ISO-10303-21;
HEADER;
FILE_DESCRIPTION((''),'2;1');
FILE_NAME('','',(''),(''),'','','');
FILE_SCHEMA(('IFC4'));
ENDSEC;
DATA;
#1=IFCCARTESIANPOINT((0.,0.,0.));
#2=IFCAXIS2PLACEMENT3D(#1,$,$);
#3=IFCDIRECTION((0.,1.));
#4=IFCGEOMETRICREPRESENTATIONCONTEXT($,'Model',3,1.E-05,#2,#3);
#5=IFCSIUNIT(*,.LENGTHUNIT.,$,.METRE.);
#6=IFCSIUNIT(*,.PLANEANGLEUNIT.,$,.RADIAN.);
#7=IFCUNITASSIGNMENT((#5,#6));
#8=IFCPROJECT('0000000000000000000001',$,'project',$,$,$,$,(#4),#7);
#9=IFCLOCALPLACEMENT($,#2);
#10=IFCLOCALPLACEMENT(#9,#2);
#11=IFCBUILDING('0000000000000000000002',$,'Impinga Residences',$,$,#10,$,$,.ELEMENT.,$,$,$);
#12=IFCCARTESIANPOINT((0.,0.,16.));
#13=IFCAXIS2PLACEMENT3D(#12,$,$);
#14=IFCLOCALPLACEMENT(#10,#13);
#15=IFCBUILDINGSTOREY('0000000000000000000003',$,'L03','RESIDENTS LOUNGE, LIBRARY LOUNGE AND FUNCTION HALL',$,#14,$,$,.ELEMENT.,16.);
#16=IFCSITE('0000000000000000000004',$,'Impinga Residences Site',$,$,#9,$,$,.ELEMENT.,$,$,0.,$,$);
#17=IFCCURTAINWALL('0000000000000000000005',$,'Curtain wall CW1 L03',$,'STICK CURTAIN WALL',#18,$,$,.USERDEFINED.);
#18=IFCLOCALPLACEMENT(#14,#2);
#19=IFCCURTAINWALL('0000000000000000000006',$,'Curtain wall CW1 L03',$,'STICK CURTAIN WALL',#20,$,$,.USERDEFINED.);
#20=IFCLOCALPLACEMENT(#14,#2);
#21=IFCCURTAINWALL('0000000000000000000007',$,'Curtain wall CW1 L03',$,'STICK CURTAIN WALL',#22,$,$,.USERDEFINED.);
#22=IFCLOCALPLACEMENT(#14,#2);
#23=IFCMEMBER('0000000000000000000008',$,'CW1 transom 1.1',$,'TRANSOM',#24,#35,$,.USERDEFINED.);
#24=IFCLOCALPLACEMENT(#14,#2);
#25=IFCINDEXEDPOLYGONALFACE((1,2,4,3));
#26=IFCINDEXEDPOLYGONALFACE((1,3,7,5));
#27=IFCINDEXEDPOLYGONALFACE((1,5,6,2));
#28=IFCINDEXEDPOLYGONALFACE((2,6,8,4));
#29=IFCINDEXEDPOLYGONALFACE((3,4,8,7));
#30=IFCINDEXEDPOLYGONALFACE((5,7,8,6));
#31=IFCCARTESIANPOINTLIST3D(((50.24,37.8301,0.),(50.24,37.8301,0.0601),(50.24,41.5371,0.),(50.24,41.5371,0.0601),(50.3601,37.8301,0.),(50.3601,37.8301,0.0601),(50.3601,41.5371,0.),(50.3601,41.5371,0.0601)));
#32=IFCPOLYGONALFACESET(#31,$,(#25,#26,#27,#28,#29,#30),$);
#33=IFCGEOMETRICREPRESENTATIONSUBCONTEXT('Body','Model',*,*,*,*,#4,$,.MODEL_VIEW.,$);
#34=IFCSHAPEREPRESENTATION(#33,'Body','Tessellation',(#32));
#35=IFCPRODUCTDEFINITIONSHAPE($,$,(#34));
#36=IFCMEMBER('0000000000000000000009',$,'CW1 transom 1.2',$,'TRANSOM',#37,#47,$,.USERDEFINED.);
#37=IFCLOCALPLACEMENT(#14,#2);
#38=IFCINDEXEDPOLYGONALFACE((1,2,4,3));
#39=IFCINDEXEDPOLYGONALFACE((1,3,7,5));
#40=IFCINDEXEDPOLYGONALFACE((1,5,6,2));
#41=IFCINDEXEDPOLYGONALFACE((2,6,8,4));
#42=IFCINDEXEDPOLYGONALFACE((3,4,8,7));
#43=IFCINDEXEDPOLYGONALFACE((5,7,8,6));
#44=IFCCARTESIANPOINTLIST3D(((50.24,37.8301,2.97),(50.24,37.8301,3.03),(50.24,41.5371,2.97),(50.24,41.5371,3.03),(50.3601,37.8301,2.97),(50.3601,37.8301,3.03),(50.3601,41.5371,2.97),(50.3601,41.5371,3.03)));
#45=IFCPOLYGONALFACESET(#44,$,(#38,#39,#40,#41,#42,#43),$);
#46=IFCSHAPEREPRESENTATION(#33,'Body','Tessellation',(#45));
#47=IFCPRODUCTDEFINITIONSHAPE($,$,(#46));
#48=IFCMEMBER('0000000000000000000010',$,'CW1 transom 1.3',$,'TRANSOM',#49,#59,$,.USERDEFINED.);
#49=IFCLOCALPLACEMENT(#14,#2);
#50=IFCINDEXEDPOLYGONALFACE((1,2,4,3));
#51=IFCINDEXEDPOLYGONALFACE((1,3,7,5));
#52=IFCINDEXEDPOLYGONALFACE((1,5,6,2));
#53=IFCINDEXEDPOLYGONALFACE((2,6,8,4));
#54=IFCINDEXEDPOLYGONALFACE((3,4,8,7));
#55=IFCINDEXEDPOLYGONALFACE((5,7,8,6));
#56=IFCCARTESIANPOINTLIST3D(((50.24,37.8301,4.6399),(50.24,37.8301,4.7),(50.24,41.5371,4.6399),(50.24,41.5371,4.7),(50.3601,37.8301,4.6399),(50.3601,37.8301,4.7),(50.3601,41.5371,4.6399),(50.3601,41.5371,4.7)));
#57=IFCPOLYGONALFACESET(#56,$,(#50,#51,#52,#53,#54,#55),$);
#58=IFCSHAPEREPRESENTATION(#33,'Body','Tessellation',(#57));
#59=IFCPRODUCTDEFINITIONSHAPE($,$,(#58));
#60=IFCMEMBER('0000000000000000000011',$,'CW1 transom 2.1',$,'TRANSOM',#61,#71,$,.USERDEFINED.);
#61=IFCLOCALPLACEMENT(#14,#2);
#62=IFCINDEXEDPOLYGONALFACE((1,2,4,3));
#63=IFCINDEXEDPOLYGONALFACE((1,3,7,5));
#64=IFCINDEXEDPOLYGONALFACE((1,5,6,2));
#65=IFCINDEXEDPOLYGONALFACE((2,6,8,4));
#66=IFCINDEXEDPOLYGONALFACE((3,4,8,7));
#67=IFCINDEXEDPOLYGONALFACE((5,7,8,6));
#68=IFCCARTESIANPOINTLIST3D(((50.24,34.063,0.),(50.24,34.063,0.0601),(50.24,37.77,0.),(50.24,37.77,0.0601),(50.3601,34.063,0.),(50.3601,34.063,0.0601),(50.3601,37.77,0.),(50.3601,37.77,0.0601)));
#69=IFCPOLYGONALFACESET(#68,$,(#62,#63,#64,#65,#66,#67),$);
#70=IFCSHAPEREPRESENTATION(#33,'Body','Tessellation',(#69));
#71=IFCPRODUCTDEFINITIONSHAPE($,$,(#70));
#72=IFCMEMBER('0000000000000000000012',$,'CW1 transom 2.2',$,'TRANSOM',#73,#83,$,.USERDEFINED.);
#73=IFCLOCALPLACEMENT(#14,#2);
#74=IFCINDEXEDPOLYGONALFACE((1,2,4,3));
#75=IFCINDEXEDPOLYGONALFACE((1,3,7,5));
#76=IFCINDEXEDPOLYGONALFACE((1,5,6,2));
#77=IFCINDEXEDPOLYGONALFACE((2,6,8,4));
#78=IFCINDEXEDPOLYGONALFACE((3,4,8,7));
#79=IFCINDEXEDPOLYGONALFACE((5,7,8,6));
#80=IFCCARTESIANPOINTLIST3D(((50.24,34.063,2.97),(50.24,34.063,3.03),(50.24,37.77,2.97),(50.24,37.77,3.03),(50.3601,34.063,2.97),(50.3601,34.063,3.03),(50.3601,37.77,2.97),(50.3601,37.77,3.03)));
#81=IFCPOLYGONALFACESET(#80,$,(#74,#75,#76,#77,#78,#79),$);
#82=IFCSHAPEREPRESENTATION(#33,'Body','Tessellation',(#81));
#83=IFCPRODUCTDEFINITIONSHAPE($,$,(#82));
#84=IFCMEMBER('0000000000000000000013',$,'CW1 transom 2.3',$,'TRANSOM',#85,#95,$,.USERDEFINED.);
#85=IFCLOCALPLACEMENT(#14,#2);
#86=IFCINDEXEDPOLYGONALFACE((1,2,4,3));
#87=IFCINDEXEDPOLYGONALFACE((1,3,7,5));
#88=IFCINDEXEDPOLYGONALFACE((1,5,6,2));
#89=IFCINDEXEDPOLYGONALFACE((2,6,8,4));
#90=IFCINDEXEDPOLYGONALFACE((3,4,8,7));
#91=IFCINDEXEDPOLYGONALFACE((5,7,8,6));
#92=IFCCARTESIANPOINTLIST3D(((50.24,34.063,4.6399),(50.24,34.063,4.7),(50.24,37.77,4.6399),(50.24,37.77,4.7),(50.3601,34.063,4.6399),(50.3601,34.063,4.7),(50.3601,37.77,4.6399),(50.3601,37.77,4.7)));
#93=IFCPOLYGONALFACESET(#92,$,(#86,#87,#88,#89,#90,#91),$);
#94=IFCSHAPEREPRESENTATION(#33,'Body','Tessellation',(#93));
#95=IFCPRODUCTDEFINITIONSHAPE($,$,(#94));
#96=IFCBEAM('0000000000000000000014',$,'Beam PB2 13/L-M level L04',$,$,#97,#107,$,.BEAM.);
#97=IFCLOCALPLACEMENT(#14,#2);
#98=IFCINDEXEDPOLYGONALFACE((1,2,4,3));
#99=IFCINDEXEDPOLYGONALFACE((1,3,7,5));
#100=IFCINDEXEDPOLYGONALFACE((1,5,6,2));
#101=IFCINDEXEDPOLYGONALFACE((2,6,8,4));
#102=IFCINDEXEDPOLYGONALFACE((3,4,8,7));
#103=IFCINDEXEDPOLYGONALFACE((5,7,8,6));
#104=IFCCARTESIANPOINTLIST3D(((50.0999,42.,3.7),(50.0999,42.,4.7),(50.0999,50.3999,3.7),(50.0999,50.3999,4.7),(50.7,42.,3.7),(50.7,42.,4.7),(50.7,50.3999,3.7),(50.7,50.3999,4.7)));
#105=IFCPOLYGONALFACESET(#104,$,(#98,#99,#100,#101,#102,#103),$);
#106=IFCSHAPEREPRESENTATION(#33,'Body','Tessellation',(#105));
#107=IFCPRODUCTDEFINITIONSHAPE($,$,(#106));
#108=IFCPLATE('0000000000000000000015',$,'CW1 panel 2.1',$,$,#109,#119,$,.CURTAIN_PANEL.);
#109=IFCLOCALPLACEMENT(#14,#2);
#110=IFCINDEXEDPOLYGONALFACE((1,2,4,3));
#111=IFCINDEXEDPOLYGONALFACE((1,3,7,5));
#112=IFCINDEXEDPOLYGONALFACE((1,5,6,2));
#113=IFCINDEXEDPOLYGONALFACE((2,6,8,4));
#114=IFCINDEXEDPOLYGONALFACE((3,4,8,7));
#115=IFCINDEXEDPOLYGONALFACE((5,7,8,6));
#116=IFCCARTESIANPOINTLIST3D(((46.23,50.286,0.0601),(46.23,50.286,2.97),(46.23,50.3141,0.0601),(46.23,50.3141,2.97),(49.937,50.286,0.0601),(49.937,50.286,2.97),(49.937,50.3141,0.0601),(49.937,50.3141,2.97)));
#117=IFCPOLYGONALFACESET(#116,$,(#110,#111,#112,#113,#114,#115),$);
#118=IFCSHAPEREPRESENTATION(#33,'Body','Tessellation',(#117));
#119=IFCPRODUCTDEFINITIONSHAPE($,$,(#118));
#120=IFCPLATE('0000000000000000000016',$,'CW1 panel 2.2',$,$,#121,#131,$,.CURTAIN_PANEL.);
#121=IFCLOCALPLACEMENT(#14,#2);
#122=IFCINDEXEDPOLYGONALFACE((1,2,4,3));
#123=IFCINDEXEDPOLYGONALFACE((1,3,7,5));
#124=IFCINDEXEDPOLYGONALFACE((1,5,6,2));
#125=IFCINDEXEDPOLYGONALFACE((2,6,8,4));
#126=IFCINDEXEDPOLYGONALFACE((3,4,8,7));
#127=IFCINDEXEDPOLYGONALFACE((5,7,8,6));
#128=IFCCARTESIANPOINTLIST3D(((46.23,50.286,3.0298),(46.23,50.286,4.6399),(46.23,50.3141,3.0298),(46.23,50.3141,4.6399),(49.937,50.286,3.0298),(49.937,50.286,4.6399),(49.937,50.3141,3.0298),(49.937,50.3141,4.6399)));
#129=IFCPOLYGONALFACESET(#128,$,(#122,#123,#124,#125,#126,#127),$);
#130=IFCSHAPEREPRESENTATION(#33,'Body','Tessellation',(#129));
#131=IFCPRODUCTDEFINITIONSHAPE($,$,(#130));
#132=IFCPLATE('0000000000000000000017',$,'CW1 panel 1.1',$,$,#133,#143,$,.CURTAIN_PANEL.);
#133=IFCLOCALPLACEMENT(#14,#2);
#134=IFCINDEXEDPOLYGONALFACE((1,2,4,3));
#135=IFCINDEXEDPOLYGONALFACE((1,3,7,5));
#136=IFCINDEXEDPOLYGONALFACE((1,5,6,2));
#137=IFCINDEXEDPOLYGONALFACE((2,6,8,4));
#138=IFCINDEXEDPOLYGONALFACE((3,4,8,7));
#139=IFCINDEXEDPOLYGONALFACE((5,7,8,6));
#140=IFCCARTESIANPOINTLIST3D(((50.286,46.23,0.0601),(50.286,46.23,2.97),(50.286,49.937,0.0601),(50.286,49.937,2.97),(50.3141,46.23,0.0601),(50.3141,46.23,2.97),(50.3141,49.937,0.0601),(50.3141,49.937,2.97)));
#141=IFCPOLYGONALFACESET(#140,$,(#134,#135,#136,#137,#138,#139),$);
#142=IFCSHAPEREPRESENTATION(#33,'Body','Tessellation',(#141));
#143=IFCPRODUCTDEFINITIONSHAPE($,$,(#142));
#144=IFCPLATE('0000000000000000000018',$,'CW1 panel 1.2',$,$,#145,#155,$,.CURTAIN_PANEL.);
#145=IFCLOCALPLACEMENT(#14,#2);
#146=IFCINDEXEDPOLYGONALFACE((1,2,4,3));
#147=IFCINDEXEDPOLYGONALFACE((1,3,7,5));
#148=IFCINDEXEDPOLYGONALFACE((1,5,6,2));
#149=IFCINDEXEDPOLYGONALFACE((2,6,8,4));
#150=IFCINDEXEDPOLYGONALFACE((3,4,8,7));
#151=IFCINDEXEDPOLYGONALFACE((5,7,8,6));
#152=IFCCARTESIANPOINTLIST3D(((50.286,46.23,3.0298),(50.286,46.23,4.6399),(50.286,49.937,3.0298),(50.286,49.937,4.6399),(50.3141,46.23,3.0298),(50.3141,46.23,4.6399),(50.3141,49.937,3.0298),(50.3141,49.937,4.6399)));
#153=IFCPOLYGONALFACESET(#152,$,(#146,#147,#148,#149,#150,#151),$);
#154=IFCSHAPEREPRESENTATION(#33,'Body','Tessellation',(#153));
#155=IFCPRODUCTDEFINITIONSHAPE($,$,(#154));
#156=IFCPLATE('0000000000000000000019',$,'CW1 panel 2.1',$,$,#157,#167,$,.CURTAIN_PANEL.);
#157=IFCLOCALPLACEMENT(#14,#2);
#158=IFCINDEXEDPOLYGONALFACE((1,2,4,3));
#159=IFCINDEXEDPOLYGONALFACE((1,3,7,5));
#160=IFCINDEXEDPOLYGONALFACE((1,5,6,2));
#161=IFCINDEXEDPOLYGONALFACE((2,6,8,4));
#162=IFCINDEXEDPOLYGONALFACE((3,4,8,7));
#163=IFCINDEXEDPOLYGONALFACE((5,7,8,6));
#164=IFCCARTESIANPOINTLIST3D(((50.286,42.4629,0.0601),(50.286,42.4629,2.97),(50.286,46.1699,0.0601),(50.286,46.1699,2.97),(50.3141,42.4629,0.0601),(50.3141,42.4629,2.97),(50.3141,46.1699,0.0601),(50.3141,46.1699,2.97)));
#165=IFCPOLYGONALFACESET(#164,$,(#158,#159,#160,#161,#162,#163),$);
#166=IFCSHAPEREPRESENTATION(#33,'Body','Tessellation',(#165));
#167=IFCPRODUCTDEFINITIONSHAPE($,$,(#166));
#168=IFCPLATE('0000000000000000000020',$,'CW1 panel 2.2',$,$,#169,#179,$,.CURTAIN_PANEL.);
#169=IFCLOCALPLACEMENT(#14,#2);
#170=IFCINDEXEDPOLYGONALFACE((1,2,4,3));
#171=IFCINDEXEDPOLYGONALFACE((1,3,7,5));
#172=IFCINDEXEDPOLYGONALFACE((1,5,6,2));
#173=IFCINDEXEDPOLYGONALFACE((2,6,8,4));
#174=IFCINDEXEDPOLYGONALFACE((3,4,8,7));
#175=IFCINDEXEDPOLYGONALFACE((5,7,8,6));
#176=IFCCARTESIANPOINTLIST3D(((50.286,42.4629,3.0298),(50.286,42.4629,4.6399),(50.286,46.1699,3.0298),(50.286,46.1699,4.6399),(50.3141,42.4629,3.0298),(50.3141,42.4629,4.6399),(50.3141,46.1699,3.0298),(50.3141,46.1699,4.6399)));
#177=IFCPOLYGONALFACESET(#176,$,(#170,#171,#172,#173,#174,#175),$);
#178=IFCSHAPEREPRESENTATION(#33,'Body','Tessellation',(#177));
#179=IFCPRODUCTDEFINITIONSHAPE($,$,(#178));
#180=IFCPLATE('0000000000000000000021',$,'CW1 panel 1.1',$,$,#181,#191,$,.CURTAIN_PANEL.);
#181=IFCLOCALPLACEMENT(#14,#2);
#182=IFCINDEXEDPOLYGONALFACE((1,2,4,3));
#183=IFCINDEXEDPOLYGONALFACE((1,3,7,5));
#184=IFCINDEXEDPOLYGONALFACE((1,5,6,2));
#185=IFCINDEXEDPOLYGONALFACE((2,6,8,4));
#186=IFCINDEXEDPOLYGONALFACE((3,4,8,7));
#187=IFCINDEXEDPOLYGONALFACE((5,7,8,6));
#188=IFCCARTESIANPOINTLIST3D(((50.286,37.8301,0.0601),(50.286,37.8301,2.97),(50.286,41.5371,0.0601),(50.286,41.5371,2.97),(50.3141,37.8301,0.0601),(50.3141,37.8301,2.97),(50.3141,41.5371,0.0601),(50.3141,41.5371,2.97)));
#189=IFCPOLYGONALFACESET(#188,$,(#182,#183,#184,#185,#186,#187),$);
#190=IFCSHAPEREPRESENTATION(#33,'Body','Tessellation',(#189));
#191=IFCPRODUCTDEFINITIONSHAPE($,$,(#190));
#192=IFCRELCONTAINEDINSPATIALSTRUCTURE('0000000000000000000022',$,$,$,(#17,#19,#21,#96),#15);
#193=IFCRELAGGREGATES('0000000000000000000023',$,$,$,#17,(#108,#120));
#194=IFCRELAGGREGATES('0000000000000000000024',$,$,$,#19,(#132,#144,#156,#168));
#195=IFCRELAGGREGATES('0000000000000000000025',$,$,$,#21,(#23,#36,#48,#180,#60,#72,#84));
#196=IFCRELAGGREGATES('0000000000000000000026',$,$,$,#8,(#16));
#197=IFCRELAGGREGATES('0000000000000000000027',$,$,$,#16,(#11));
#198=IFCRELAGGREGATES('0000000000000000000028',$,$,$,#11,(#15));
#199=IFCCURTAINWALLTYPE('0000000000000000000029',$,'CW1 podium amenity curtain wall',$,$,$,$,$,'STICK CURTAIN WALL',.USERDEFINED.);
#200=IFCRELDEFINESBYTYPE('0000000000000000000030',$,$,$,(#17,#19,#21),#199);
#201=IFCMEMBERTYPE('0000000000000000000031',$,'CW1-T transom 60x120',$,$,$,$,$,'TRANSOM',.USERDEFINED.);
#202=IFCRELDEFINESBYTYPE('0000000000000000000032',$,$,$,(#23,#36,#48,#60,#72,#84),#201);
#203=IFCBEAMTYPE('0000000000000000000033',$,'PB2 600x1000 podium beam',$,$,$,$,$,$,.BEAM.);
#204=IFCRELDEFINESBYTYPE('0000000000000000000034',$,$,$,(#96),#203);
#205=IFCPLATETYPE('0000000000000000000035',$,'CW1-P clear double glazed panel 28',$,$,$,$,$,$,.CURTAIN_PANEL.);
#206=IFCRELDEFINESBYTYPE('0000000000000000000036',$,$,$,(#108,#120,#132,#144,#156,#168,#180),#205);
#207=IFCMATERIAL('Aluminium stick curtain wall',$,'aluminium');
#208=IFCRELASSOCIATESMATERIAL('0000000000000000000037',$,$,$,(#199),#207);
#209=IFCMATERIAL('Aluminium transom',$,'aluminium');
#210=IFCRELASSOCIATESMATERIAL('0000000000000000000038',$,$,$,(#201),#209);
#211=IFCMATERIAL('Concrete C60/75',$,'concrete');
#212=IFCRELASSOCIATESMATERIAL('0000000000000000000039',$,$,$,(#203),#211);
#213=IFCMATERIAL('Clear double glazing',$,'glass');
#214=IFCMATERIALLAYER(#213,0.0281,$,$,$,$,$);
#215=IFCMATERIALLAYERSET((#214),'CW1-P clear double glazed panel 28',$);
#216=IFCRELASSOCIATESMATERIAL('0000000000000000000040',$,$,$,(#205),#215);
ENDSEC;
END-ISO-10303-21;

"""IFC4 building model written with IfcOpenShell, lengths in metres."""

from ifc_helpers import new_model, si_unit, direction, frame, origin, origin_2d, place, context, subcontext, project, spatial, rectangle, extrude, material, layer, layer_set, material_profile, profile_set, type_object, element, aggregate, save


model = new_model("IFC4")

# Units and contexts
model_context = context("Model", 3, precision=1e-05, world=origin(), true_north=direction((0.0, 1.0)))
body_context = subcontext(model_context, "Body", "Model", "MODEL_VIEW")
ifc_project = project(units=[si_unit("LENGTHUNIT", "METRE"), si_unit("PLANEANGLEUNIT", "RADIAN")], contexts=[model_context])

# Site, building, storey
site_placement = place(None, origin())
site = spatial("IfcSite", under=ifc_project, at=site_placement, Name="Impinga Residences Site", CompositionType="ELEMENT", RefElevation=0.0)
building_placement = place(site_placement, origin())
building = spatial("IfcBuilding", under=site, at=building_placement, Name="Impinga Residences", CompositionType="ELEMENT")
storey_placement = place(building_placement, frame((0.0, 0.0, 16.0)))
storey = spatial("IfcBuildingStorey", under=building, at=storey_placement, Name="L03", Description="RESIDENTS LOUNGE, LIBRARY LOUNGE AND FUNCTION HALL", CompositionType="ELEMENT", Elevation=16.0)

# Curtain wall
ifc_material_1 = material(Name="Aluminium stick curtain wall", Category="aluminium")
curtain_wall_type = type_object("IfcCurtainWallType", Name="CW1 podium amenity curtain wall", ElementType="STICK CURTAIN WALL", PredefinedType="USERDEFINED", material=ifc_material_1)
curtain_wall_1_placement = place(storey_placement, origin())
curtain_wall_1 = element("IfcCurtainWall", 1, at=curtain_wall_1_placement, inside=storey, type_object=curtain_wall_type, Name="Curtain wall CW1 L03", ObjectType="STICK CURTAIN WALL", PredefinedType="USERDEFINED")

# Curtain walls
curtain_wall_2_placement = place(storey_placement, origin())
curtain_wall_2 = element("IfcCurtainWall", 2, at=curtain_wall_2_placement, inside=storey, type_object=curtain_wall_type, Name="Curtain wall CW1 L03", ObjectType="STICK CURTAIN WALL", PredefinedType="USERDEFINED")
curtain_wall_3_placement = place(storey_placement, origin())
curtain_wall_3 = element("IfcCurtainWall", 3, at=curtain_wall_3_placement, inside=storey, type_object=curtain_wall_type, Name="Curtain wall CW1 L03", ObjectType="STICK CURTAIN WALL", PredefinedType="USERDEFINED")

# Members
ifc_material_2 = material(Name="Aluminium transom", Category="aluminium")
ifc_material_profile_1 = material_profile(ifc_material_2, rectangle(XDim=0.0601, YDim=0.1201, at=origin_2d()), Name="60x120 transom")
ifc_profile_set_1 = profile_set([ifc_material_profile_1], Name="Aluminium transom")
member_type_1 = type_object("IfcMemberType", Name="CW1-T transom 60x120", ElementType="TRANSOM", PredefinedType="USERDEFINED", material=ifc_profile_set_1)
member_1_placement = place(storey_placement, frame((50.3, 41.5371, 0.03), z_axis=(0.0, -1.0, 0.0), x_axis=(0.0, 0.0, 1.0)))
member_1 = element("IfcMember", 4, at=member_1_placement, type_object=member_type_1, Name="CW1 transom 1.1", ObjectType="TRANSOM", PredefinedType="USERDEFINED", context=body_context, shape_type="SweptSolid", body=[
    extrude(rectangle(XDim=0.0601, YDim=0.1201, at=origin_2d()), origin(), (0.0, 0.0, 1.0), 3.707),
])
member_2_placement = place(storey_placement, frame((50.3, 41.5371, 3.0), z_axis=(0.0, -1.0, 0.0), x_axis=(0.0, 0.0, 1.0)))
member_2 = element("IfcMember", 5, at=member_2_placement, type_object=member_type_1, Name="CW1 transom 1.2", ObjectType="TRANSOM", PredefinedType="USERDEFINED", context=body_context, shape_type="SweptSolid", body=[
    extrude(rectangle(XDim=0.0601, YDim=0.1201, at=origin_2d()), origin(), (0.0, 0.0, 1.0), 3.707),
])
member_3_placement = place(storey_placement, frame((50.3, 41.5371, 4.6699), z_axis=(0.0, -1.0, 0.0), x_axis=(0.0, 0.0, 1.0)))
member_3 = element("IfcMember", 6, at=member_3_placement, type_object=member_type_1, Name="CW1 transom 1.3", ObjectType="TRANSOM", PredefinedType="USERDEFINED", context=body_context, shape_type="SweptSolid", body=[
    extrude(rectangle(XDim=0.0601, YDim=0.1201, at=origin_2d()), origin(), (0.0, 0.0, 1.0), 3.707),
])
member_4_placement = place(storey_placement, frame((50.3, 37.77, 0.03), z_axis=(0.0, -1.0, 0.0), x_axis=(0.0, 0.0, 1.0)))
member_4 = element("IfcMember", 7, at=member_4_placement, type_object=member_type_1, Name="CW1 transom 2.1", ObjectType="TRANSOM", PredefinedType="USERDEFINED", context=body_context, shape_type="SweptSolid", body=[
    extrude(rectangle(XDim=0.0601, YDim=0.1201, at=origin_2d()), origin(), (0.0, 0.0, 1.0), 3.707),
])
member_5_placement = place(storey_placement, frame((50.3, 37.77, 3.0), z_axis=(0.0, -1.0, 0.0), x_axis=(0.0, 0.0, 1.0)))
member_5 = element("IfcMember", 8, at=member_5_placement, type_object=member_type_1, Name="CW1 transom 2.2", ObjectType="TRANSOM", PredefinedType="USERDEFINED", context=body_context, shape_type="SweptSolid", body=[
    extrude(rectangle(XDim=0.0601, YDim=0.1201, at=origin_2d()), origin(), (0.0, 0.0, 1.0), 3.707),
])
member_6_placement = place(storey_placement, frame((50.3, 37.77, 4.6699), z_axis=(0.0, -1.0, 0.0), x_axis=(0.0, 0.0, 1.0)))
member_6 = element("IfcMember", 9, at=member_6_placement, type_object=member_type_1, Name="CW1 transom 2.3", ObjectType="TRANSOM", PredefinedType="USERDEFINED", context=body_context, shape_type="SweptSolid", body=[
    extrude(rectangle(XDim=0.0601, YDim=0.1201, at=origin_2d()), origin(), (0.0, 0.0, 1.0), 3.707),
])

# Beam
ifc_material_3 = material(Name="Concrete C60/75", Category="concrete")
ifc_material_profile_2 = material_profile(ifc_material_3, rectangle(XDim=0.6001, YDim=1.0, at=origin_2d()), Name="RC 600x1000")
ifc_profile_set_2 = profile_set([ifc_material_profile_2], Name="Concrete C60/75")
beam_type = type_object("IfcBeamType", Name="PB2 600x1000 podium beam", PredefinedType="BEAM", material=ifc_profile_set_2)
beam_placement = place(storey_placement, frame((50.3999, 42.0, 4.2), z_axis=(0.0, 1.0, 0.0), x_axis=(-1.0, 0.0, 0.0)))
element("IfcBeam", 10, at=beam_placement, inside=storey, type_object=beam_type, Name="Beam PB2 13/L-M level L04", PredefinedType="BEAM", context=body_context, shape_type="SweptSolid", body=[
    extrude(rectangle(XDim=0.6001, YDim=1.0, at=origin_2d()), origin(), (0.0, 0.0, 1.0), 8.3999),
])

# Plates
ifc_material_4 = material(Name="Clear double glazing", Category="glass")
ifc_layer = layer(ifc_material_4, 0.0281)
ifc_layer_set = layer_set([ifc_layer], Name="CW1-P clear double glazed panel 28")
plate_type = type_object("IfcPlateType", Name="CW1-P clear double glazed panel 28", PredefinedType="CURTAIN_PANEL", material=ifc_layer_set)
plate_1_placement = place(storey_placement, frame((48.0835, 50.3, 0.0601), z_axis=(0.0, 0.0, 1.0), x_axis=(1.0, 0.0, 0.0)))
plate_1 = element("IfcPlate", 11, at=plate_1_placement, type_object=plate_type, Name="CW1 panel 2.1", PredefinedType="CURTAIN_PANEL", context=body_context, shape_type="SweptSolid", body=[
    extrude(rectangle(XDim=3.707, YDim=0.0281, at=origin_2d()), origin(), (0.0, 0.0, 1.0), 2.9099),
])
plate_2_placement = place(storey_placement, frame((48.0835, 50.3, 3.0298), z_axis=(0.0, 0.0, 1.0), x_axis=(1.0, 0.0, 0.0)))
plate_2 = element("IfcPlate", 12, at=plate_2_placement, type_object=plate_type, Name="CW1 panel 2.2", PredefinedType="CURTAIN_PANEL", context=body_context, shape_type="SweptSolid", body=[
    extrude(rectangle(XDim=3.707, YDim=0.0281, at=origin_2d()), origin(), (0.0, 0.0, 1.0), 1.6101),
])
aggregate(curtain_wall_1, [plate_1, plate_2])
plate_3_placement = place(storey_placement, frame((50.3, 48.0835, 0.0601), z_axis=(0.0, 0.0, 1.0), x_axis=(0.0, -1.0, 0.0)))
plate_3 = element("IfcPlate", 13, at=plate_3_placement, type_object=plate_type, Name="CW1 panel 1.1", PredefinedType="CURTAIN_PANEL", context=body_context, shape_type="SweptSolid", body=[
    extrude(rectangle(XDim=3.707, YDim=0.0281, at=origin_2d()), origin(), (0.0, 0.0, 1.0), 2.9099),
])
plate_4_placement = place(storey_placement, frame((50.3, 48.0835, 3.0298), z_axis=(0.0, 0.0, 1.0), x_axis=(0.0, -1.0, 0.0)))
plate_4 = element("IfcPlate", 14, at=plate_4_placement, type_object=plate_type, Name="CW1 panel 1.2", PredefinedType="CURTAIN_PANEL", context=body_context, shape_type="SweptSolid", body=[
    extrude(rectangle(XDim=3.707, YDim=0.0281, at=origin_2d()), origin(), (0.0, 0.0, 1.0), 1.6101),
])
plate_5_placement = place(storey_placement, frame((50.3, 44.3164, 0.0601), z_axis=(0.0, 0.0, 1.0), x_axis=(0.0, -1.0, 0.0)))
plate_5 = element("IfcPlate", 15, at=plate_5_placement, type_object=plate_type, Name="CW1 panel 2.1", PredefinedType="CURTAIN_PANEL", context=body_context, shape_type="SweptSolid", body=[
    extrude(rectangle(XDim=3.707, YDim=0.0281, at=origin_2d()), origin(), (0.0, 0.0, 1.0), 2.9099),
])
plate_6_placement = place(storey_placement, frame((50.3, 44.3164, 3.0298), z_axis=(0.0, 0.0, 1.0), x_axis=(0.0, -1.0, 0.0)))
plate_6 = element("IfcPlate", 16, at=plate_6_placement, type_object=plate_type, Name="CW1 panel 2.2", PredefinedType="CURTAIN_PANEL", context=body_context, shape_type="SweptSolid", body=[
    extrude(rectangle(XDim=3.707, YDim=0.0281, at=origin_2d()), origin(), (0.0, 0.0, 1.0), 1.6101),
])
aggregate(curtain_wall_2, [plate_3, plate_4, plate_5, plate_6])
plate_7_placement = place(storey_placement, frame((50.3, 39.6836, 0.0601), z_axis=(0.0, 0.0, 1.0), x_axis=(0.0, -1.0, 0.0)))
plate_7 = element("IfcPlate", 17, at=plate_7_placement, type_object=plate_type, Name="CW1 panel 1.1", PredefinedType="CURTAIN_PANEL", context=body_context, shape_type="SweptSolid", body=[
    extrude(rectangle(XDim=3.707, YDim=0.0281, at=origin_2d()), origin(), (0.0, 0.0, 1.0), 2.9099),
])
aggregate(curtain_wall_3, [member_1, member_2, member_3, plate_7, member_4, member_5, member_6])

save(model, "model.ifc")
